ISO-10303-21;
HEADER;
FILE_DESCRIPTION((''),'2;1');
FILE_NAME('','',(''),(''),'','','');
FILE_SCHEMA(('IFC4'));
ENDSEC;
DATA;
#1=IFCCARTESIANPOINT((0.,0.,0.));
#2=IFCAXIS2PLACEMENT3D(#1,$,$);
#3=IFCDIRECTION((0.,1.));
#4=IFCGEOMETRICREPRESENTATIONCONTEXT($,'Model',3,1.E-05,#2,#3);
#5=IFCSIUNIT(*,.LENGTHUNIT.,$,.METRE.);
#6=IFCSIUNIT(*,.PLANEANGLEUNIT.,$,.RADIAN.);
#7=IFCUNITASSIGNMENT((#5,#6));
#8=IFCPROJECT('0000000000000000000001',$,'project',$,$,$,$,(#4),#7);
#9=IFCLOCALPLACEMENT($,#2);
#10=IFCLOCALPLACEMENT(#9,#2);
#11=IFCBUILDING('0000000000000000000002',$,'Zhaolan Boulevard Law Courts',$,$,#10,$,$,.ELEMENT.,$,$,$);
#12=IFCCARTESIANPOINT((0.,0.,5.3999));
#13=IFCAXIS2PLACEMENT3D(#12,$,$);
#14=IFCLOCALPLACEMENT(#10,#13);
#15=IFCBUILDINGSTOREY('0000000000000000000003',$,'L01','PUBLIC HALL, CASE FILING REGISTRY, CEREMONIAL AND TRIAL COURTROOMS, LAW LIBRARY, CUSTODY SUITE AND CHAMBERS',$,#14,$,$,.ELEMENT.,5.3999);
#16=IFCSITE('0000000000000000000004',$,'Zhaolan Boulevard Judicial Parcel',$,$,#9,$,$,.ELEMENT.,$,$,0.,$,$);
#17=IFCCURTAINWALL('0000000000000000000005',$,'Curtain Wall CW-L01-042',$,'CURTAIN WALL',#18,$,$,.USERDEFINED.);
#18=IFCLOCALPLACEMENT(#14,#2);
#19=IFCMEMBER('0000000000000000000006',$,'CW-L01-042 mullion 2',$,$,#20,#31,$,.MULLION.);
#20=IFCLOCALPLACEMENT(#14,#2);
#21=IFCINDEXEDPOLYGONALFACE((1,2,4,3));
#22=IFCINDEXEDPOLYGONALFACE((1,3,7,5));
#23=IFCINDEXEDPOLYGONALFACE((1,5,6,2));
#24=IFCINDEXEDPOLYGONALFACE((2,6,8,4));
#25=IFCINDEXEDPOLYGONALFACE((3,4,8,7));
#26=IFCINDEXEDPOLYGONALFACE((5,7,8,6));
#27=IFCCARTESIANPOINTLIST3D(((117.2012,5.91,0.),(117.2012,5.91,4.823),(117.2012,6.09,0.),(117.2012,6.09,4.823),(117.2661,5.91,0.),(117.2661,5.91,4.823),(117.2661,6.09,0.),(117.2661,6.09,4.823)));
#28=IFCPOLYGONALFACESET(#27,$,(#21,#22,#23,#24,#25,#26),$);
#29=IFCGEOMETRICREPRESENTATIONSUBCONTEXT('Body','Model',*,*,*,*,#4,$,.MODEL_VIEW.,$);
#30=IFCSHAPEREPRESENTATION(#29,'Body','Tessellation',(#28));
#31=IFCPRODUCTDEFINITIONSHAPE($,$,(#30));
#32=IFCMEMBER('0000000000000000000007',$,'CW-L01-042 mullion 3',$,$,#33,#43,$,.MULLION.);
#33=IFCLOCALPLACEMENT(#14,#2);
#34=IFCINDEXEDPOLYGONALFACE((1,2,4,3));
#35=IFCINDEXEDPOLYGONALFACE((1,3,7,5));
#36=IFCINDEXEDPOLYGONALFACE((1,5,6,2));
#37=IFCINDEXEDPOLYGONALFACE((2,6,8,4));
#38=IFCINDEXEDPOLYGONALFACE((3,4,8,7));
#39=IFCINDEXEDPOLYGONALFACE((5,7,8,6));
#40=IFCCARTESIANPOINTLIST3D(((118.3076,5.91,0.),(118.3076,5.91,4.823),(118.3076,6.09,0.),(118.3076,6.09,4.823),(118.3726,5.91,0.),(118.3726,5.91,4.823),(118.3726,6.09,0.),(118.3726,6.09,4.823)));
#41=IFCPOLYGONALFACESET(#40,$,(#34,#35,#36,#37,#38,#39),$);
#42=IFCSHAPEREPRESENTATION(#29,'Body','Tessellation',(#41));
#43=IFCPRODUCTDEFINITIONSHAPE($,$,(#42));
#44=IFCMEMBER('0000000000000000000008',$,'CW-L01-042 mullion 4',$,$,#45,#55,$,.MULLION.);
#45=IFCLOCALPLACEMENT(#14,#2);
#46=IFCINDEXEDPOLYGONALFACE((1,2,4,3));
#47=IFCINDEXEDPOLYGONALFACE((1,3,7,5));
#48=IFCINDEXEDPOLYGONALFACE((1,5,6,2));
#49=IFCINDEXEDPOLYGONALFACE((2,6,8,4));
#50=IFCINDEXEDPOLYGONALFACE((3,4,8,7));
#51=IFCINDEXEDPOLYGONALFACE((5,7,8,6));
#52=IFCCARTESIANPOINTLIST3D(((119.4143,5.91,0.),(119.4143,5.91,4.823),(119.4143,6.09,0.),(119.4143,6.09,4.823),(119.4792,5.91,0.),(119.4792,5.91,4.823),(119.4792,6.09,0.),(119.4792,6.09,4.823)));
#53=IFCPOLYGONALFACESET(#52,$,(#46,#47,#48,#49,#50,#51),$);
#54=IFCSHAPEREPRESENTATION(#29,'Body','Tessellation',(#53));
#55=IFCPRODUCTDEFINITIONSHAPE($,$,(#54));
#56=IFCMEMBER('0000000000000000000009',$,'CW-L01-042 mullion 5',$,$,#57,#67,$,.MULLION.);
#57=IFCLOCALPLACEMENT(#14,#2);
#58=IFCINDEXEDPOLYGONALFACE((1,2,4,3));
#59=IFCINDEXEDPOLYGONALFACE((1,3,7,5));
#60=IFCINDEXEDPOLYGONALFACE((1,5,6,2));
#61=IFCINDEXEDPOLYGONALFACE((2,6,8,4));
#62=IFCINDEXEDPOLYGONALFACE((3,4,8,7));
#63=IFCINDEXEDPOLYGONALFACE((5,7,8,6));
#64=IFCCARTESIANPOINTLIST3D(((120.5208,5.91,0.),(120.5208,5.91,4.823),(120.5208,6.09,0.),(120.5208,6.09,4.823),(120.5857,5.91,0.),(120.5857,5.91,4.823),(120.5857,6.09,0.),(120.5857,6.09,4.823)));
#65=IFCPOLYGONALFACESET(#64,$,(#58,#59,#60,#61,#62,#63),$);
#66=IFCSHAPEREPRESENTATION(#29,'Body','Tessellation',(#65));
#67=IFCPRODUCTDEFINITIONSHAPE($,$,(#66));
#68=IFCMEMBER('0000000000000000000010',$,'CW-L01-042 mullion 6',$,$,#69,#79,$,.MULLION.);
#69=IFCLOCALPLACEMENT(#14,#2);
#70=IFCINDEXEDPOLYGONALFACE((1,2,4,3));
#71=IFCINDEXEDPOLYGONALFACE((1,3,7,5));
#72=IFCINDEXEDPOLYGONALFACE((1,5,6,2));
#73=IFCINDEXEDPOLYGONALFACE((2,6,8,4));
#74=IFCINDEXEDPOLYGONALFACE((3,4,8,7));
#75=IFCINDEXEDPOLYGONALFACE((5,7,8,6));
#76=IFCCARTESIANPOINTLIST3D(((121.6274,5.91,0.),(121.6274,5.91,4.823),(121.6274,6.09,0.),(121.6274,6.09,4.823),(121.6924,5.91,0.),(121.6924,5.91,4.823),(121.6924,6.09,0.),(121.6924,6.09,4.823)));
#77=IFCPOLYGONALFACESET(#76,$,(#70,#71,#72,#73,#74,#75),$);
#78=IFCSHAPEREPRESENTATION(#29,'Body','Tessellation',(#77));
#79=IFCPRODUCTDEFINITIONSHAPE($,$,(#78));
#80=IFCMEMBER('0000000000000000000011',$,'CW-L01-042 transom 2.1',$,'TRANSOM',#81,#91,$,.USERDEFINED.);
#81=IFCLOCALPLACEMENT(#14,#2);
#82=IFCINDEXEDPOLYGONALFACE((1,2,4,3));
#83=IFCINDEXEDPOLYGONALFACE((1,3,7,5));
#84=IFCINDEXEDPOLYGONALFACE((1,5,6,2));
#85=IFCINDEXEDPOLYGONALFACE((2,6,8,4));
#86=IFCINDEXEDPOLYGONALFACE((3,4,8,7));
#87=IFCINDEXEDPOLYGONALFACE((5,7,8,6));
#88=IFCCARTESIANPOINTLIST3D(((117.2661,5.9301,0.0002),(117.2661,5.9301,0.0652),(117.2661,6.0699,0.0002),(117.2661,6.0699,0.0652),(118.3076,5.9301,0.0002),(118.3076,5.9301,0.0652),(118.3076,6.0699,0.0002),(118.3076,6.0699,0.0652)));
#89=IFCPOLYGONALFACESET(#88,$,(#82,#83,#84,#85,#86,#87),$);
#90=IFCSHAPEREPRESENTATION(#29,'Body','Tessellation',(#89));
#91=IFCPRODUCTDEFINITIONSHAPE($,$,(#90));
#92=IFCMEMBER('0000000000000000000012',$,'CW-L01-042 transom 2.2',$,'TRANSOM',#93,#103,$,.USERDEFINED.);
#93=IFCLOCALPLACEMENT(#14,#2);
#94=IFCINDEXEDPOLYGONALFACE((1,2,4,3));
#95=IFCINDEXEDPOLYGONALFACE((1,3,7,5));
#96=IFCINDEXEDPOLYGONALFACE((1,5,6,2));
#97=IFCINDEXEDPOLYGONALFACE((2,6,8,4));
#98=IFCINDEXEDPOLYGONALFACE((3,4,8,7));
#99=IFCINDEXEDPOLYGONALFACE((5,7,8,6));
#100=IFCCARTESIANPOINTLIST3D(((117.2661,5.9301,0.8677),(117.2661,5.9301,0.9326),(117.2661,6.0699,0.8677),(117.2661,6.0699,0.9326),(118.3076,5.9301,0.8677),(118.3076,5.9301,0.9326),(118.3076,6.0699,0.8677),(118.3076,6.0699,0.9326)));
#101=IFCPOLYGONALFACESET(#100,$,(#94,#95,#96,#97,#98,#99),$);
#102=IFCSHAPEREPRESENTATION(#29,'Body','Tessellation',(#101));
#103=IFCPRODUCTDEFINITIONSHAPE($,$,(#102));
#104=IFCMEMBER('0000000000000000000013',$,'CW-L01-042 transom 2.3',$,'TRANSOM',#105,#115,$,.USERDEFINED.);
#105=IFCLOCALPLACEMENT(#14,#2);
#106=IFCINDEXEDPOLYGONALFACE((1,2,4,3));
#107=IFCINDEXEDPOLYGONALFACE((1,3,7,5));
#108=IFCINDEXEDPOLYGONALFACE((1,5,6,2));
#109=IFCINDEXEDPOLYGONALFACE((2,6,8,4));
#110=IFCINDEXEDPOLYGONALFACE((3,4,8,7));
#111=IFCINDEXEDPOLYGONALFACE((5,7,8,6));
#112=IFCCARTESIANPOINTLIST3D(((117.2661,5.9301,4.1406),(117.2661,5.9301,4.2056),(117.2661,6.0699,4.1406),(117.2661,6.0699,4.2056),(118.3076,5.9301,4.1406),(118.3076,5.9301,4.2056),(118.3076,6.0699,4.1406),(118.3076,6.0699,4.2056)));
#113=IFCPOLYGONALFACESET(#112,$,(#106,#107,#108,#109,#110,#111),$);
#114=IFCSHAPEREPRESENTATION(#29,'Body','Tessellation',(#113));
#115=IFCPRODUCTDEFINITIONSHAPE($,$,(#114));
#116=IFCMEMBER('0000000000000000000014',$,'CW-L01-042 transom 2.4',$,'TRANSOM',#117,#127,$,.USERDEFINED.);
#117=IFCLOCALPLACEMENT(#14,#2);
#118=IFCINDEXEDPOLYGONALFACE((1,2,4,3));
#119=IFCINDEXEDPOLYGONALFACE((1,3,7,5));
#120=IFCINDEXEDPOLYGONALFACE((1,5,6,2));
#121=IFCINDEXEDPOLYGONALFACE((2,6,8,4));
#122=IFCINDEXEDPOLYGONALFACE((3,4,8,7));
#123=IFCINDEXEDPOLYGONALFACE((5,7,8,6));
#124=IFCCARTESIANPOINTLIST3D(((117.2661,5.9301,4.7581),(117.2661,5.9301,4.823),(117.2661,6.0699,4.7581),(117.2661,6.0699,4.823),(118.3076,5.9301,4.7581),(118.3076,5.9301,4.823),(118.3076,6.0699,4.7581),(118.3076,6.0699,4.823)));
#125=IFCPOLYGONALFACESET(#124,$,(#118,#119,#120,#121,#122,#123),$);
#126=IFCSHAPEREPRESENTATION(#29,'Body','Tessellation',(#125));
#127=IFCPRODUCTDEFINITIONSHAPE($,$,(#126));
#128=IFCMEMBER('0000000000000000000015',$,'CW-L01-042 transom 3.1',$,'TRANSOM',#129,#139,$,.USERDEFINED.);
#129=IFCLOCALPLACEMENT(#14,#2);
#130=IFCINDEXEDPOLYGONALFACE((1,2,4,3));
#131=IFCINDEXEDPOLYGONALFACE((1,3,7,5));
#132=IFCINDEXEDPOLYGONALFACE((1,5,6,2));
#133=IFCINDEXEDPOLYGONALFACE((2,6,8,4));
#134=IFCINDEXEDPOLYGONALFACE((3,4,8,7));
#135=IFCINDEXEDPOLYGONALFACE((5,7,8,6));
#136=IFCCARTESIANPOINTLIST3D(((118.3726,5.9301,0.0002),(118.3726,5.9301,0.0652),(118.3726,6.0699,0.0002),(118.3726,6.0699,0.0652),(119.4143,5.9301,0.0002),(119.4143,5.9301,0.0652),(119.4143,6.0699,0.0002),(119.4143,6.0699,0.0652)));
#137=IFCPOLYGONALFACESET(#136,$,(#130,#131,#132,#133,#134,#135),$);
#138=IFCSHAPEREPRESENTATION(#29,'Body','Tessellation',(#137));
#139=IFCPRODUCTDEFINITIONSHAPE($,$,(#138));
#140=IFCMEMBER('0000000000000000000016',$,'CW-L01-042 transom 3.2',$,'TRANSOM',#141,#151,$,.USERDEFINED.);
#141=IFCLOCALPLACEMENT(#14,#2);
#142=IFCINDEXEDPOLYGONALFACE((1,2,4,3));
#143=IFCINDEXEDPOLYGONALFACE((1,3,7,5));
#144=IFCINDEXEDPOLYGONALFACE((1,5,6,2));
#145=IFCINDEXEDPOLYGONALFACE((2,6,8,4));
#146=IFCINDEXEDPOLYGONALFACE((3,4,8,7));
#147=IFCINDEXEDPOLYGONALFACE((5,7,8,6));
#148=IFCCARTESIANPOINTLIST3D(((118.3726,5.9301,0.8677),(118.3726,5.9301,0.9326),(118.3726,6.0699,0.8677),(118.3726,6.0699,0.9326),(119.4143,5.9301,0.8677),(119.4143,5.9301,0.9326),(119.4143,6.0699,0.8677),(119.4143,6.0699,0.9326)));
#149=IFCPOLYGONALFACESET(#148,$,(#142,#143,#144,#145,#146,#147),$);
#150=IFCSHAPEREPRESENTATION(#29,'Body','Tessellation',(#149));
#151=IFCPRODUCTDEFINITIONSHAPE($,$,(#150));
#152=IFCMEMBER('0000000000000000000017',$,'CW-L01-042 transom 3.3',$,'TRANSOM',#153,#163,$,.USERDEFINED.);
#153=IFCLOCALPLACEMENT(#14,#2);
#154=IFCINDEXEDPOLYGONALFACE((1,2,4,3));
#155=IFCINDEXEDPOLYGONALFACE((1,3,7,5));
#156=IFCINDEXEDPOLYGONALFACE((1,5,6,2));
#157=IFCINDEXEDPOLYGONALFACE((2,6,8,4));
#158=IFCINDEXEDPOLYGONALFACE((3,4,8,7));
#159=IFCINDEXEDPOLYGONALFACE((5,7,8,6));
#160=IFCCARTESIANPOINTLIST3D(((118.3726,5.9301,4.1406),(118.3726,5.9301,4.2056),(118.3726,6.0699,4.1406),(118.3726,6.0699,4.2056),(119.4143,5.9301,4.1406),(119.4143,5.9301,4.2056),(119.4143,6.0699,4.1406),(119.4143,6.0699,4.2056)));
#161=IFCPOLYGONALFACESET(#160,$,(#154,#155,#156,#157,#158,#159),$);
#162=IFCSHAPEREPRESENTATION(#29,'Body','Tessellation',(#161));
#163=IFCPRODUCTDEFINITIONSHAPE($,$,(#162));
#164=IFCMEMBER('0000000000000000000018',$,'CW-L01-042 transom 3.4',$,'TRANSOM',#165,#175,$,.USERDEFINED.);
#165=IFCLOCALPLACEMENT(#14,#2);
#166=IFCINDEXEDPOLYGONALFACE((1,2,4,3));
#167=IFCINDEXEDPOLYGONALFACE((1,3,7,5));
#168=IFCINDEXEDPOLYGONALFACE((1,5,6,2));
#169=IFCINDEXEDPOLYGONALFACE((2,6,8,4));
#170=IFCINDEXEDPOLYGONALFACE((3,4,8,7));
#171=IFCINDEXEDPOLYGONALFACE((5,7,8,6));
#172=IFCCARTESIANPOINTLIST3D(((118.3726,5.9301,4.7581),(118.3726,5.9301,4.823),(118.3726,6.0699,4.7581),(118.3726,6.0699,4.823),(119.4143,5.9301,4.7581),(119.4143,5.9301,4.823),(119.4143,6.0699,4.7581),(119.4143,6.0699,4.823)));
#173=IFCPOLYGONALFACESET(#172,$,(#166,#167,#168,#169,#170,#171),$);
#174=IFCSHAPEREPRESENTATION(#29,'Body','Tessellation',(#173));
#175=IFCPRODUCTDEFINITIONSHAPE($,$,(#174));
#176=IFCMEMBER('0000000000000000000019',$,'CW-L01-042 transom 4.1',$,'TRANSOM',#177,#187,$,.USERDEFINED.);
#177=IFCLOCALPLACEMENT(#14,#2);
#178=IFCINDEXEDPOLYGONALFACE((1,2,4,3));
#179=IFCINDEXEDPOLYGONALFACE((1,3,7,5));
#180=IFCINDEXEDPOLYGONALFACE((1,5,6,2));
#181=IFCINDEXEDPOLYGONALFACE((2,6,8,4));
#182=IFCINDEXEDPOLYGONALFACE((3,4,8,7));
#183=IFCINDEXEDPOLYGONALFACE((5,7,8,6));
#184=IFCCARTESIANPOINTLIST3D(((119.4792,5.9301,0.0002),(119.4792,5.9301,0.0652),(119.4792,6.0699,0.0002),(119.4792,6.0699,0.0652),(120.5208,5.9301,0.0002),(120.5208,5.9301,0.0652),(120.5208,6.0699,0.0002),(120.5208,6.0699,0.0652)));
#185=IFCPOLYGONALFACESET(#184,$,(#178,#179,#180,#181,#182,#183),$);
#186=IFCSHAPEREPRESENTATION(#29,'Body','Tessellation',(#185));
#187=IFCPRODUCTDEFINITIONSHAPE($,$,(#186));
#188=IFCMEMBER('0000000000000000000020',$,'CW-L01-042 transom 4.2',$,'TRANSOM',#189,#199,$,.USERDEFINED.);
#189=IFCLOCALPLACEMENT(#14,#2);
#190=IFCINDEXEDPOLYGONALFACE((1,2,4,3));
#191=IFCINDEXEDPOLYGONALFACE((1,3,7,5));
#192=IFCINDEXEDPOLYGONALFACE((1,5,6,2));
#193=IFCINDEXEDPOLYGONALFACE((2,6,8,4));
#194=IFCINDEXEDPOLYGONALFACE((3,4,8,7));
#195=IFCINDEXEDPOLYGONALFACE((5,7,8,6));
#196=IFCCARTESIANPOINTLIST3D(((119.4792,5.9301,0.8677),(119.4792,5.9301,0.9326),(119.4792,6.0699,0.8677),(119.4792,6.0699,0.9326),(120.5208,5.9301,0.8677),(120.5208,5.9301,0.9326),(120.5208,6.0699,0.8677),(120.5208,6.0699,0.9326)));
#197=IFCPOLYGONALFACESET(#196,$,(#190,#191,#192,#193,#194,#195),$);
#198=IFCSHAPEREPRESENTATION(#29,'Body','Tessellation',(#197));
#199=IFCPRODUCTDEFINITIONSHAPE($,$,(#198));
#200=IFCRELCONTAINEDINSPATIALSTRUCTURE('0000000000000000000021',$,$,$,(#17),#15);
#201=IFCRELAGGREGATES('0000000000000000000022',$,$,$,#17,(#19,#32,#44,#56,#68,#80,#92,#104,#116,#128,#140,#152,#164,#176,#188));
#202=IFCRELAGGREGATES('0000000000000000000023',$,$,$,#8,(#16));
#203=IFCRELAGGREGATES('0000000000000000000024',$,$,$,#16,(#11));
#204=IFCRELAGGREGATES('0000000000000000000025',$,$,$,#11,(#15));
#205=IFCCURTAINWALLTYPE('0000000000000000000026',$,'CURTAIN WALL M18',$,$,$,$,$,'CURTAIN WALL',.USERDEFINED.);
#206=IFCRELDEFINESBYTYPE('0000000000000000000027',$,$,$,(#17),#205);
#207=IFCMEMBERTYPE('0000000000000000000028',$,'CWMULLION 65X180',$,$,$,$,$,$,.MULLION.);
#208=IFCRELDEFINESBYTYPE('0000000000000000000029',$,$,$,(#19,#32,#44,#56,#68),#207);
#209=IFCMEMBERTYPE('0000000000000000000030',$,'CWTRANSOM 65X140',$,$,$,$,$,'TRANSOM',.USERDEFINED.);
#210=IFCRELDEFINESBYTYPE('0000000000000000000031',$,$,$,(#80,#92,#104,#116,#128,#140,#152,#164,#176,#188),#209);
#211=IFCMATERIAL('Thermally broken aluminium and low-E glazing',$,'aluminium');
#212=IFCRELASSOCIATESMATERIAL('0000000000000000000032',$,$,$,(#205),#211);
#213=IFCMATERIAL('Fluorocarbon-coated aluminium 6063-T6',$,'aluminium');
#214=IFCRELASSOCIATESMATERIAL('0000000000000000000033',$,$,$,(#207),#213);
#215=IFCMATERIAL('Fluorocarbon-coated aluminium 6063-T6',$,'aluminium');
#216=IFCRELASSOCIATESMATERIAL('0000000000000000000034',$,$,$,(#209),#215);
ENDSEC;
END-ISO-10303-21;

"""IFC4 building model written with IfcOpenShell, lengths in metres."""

from ifc_helpers import new_model, si_unit, direction, frame, origin, origin_2d, place, context, subcontext, project, spatial, rectangle, extrude, material, material_profile, profile_set, type_object, element, aggregate, save


model = new_model("IFC4")

# Units and contexts
model_context = context("Model", 3, precision=1e-05, world=origin(), true_north=direction((0.0, 1.0)))
body_context = subcontext(model_context, "Body", "Model", "MODEL_VIEW")
ifc_project = project(units=[si_unit("LENGTHUNIT", "METRE"), si_unit("PLANEANGLEUNIT", "RADIAN")], contexts=[model_context])

# Site, building, storey
site_placement = place(None, origin())
site = spatial("IfcSite", under=ifc_project, at=site_placement, Name="Zhaolan Boulevard Judicial Parcel", CompositionType="ELEMENT", RefElevation=0.0)
building_placement = place(site_placement, origin())
building = spatial("IfcBuilding", under=site, at=building_placement, Name="Zhaolan Boulevard Law Courts", CompositionType="ELEMENT")
storey_placement = place(building_placement, frame((0.0, 0.0, 5.3999)))
storey = spatial("IfcBuildingStorey", under=building, at=storey_placement, Name="L01", Description="PUBLIC HALL, CASE FILING REGISTRY, CEREMONIAL AND TRIAL COURTROOMS, LAW LIBRARY, CUSTODY SUITE AND CHAMBERS", CompositionType="ELEMENT", Elevation=5.3999)

# Curtain wall, members
ifc_material_1 = material(Name="Thermally broken aluminium and low-E glazing", Category="aluminium")
curtain_wall_type = type_object("IfcCurtainWallType", Name="CURTAIN WALL M18", ElementType="CURTAIN WALL", PredefinedType="USERDEFINED", material=ifc_material_1)
curtain_wall_placement = place(storey_placement, origin())
curtain_wall = element("IfcCurtainWall", 1, at=curtain_wall_placement, inside=storey, type_object=curtain_wall_type, Name="Curtain Wall CW-L01-042", ObjectType="CURTAIN WALL", PredefinedType="USERDEFINED")
ifc_material_2 = material(Name="Fluorocarbon-coated aluminium 6063-T6", Category="aluminium")
ifc_material_profile_1 = material_profile(ifc_material_2, rectangle(XDim=0.1799, YDim=0.0649, at=origin_2d()), Name="AL65x180")
ifc_profile_set_1 = profile_set([ifc_material_profile_1], Name="Fluorocarbon-coated aluminium 6063-T6")
member_type_1 = type_object("IfcMemberType", Name="CWMULLION 65X180", PredefinedType="MULLION", material=ifc_profile_set_1)
member_1_placement = place(storey_placement, frame((117.2336, 6.0, 0.0), z_axis=(0.0, 0.0, 1.0), x_axis=(0.0, 1.0, 0.0)))
member_1 = element("IfcMember", 2, at=member_1_placement, type_object=member_type_1, Name="CW-L01-042 mullion 2", PredefinedType="MULLION", context=body_context, shape_type="SweptSolid", body=[
    extrude(rectangle(XDim=0.1799, YDim=0.0649, at=origin_2d()), origin(), (0.0, 0.0, 1.0), 4.823),
])
member_2_placement = place(storey_placement, frame((118.3401, 6.0, 0.0), z_axis=(0.0, 0.0, 1.0), x_axis=(0.0, 1.0, 0.0)))
member_2 = element("IfcMember", 3, at=member_2_placement, type_object=member_type_1, Name="CW-L01-042 mullion 3", PredefinedType="MULLION", context=body_context, shape_type="SweptSolid", body=[
    extrude(rectangle(XDim=0.1799, YDim=0.0649, at=origin_2d()), origin(), (0.0, 0.0, 1.0), 4.823),
])
member_3_placement = place(storey_placement, frame((119.4468, 6.0, 0.0), z_axis=(0.0, 0.0, 1.0), x_axis=(0.0, 1.0, 0.0)))
member_3 = element("IfcMember", 4, at=member_3_placement, type_object=member_type_1, Name="CW-L01-042 mullion 4", PredefinedType="MULLION", context=body_context, shape_type="SweptSolid", body=[
    extrude(rectangle(XDim=0.1799, YDim=0.0649, at=origin_2d()), origin(), (0.0, 0.0, 1.0), 4.823),
])
member_4_placement = place(storey_placement, frame((120.5532, 6.0, 0.0), z_axis=(0.0, 0.0, 1.0), x_axis=(0.0, 1.0, 0.0)))
member_4 = element("IfcMember", 5, at=member_4_placement, type_object=member_type_1, Name="CW-L01-042 mullion 5", PredefinedType="MULLION", context=body_context, shape_type="SweptSolid", body=[
    extrude(rectangle(XDim=0.1799, YDim=0.0649, at=origin_2d()), origin(), (0.0, 0.0, 1.0), 4.823),
])
member_5_placement = place(storey_placement, frame((121.6599, 6.0, 0.0), z_axis=(0.0, 0.0, 1.0), x_axis=(0.0, 1.0, 0.0)))
member_5 = element("IfcMember", 6, at=member_5_placement, type_object=member_type_1, Name="CW-L01-042 mullion 6", PredefinedType="MULLION", context=body_context, shape_type="SweptSolid", body=[
    extrude(rectangle(XDim=0.1799, YDim=0.0649, at=origin_2d()), origin(), (0.0, 0.0, 1.0), 4.823),
])
ifc_material_3 = material(Name="Fluorocarbon-coated aluminium 6063-T6", Category="aluminium")
ifc_material_profile_2 = material_profile(ifc_material_3, rectangle(XDim=0.1399, YDim=0.0649, at=origin_2d()), Name="AL65x140")
ifc_profile_set_2 = profile_set([ifc_material_profile_2], Name="Fluorocarbon-coated aluminium 6063-T6")
member_type_2 = type_object("IfcMemberType", Name="CWTRANSOM 65X140", ElementType="TRANSOM", PredefinedType="USERDEFINED", material=ifc_profile_set_2)
member_6_placement = place(storey_placement, frame((117.2661, 6.0, 0.0327), z_axis=(1.0, 0.0, 0.0), x_axis=(0.0, 1.0, 0.0)))
member_6 = element("IfcMember", 7, at=member_6_placement, type_object=member_type_2, Name="CW-L01-042 transom 2.1", ObjectType="TRANSOM", PredefinedType="USERDEFINED", context=body_context, shape_type="SweptSolid", body=[
    extrude(rectangle(XDim=0.1399, YDim=0.0649, at=origin_2d()), origin(), (0.0, 0.0, 1.0), 1.0415),
])
member_7_placement = place(storey_placement, frame((117.2661, 6.0, 0.9001), z_axis=(1.0, 0.0, 0.0), x_axis=(0.0, 1.0, 0.0)))
member_7 = element("IfcMember", 8, at=member_7_placement, type_object=member_type_2, Name="CW-L01-042 transom 2.2", ObjectType="TRANSOM", PredefinedType="USERDEFINED", context=body_context, shape_type="SweptSolid", body=[
    extrude(rectangle(XDim=0.1399, YDim=0.0649, at=origin_2d()), origin(), (0.0, 0.0, 1.0), 1.0415),
])
member_8_placement = place(storey_placement, frame((117.2661, 6.0, 4.1731), z_axis=(1.0, 0.0, 0.0), x_axis=(0.0, 1.0, 0.0)))
member_8 = element("IfcMember", 9, at=member_8_placement, type_object=member_type_2, Name="CW-L01-042 transom 2.3", ObjectType="TRANSOM", PredefinedType="USERDEFINED", context=body_context, shape_type="SweptSolid", body=[
    extrude(rectangle(XDim=0.1399, YDim=0.0649, at=origin_2d()), origin(), (0.0, 0.0, 1.0), 1.0415),
])
member_9_placement = place(storey_placement, frame((117.2661, 6.0, 4.7905), z_axis=(1.0, 0.0, 0.0), x_axis=(0.0, 1.0, 0.0)))
member_9 = element("IfcMember", 10, at=member_9_placement, type_object=member_type_2, Name="CW-L01-042 transom 2.4", ObjectType="TRANSOM", PredefinedType="USERDEFINED", context=body_context, shape_type="SweptSolid", body=[
    extrude(rectangle(XDim=0.1399, YDim=0.0649, at=origin_2d()), origin(), (0.0, 0.0, 1.0), 1.0415),
])
member_10_placement = place(storey_placement, frame((118.3726, 6.0, 0.0327), z_axis=(1.0, 0.0, 0.0), x_axis=(0.0, 1.0, 0.0)))
member_10 = element("IfcMember", 11, at=member_10_placement, type_object=member_type_2, Name="CW-L01-042 transom 3.1", ObjectType="TRANSOM", PredefinedType="USERDEFINED", context=body_context, shape_type="SweptSolid", body=[
    extrude(rectangle(XDim=0.1399, YDim=0.0649, at=origin_2d()), origin(), (0.0, 0.0, 1.0), 1.0417),
])
member_11_placement = place(storey_placement, frame((118.3726, 6.0, 0.9001), z_axis=(1.0, 0.0, 0.0), x_axis=(0.0, 1.0, 0.0)))
member_11 = element("IfcMember", 12, at=member_11_placement, type_object=member_type_2, Name="CW-L01-042 transom 3.2", ObjectType="TRANSOM", PredefinedType="USERDEFINED", context=body_context, shape_type="SweptSolid", body=[
    extrude(rectangle(XDim=0.1399, YDim=0.0649, at=origin_2d()), origin(), (0.0, 0.0, 1.0), 1.0417),
])
member_12_placement = place(storey_placement, frame((118.3726, 6.0, 4.1731), z_axis=(1.0, 0.0, 0.0), x_axis=(0.0, 1.0, 0.0)))
member_12 = element("IfcMember", 13, at=member_12_placement, type_object=member_type_2, Name="CW-L01-042 transom 3.3", ObjectType="TRANSOM", PredefinedType="USERDEFINED", context=body_context, shape_type="SweptSolid", body=[
    extrude(rectangle(XDim=0.1399, YDim=0.0649, at=origin_2d()), origin(), (0.0, 0.0, 1.0), 1.0417),
])
member_13_placement = place(storey_placement, frame((118.3726, 6.0, 4.7905), z_axis=(1.0, 0.0, 0.0), x_axis=(0.0, 1.0, 0.0)))
member_13 = element("IfcMember", 14, at=member_13_placement, type_object=member_type_2, Name="CW-L01-042 transom 3.4", ObjectType="TRANSOM", PredefinedType="USERDEFINED", context=body_context, shape_type="SweptSolid", body=[
    extrude(rectangle(XDim=0.1399, YDim=0.0649, at=origin_2d()), origin(), (0.0, 0.0, 1.0), 1.0417),
])
member_14_placement = place(storey_placement, frame((119.4792, 6.0, 0.0327), z_axis=(1.0, 0.0, 0.0), x_axis=(0.0, 1.0, 0.0)))
member_14 = element("IfcMember", 15, at=member_14_placement, type_object=member_type_2, Name="CW-L01-042 transom 4.1", ObjectType="TRANSOM", PredefinedType="USERDEFINED", context=body_context, shape_type="SweptSolid", body=[
    extrude(rectangle(XDim=0.1399, YDim=0.0649, at=origin_2d()), origin(), (0.0, 0.0, 1.0), 1.0415),
])
member_15_placement = place(storey_placement, frame((119.4792, 6.0, 0.9001), z_axis=(1.0, 0.0, 0.0), x_axis=(0.0, 1.0, 0.0)))
member_15 = element("IfcMember", 16, at=member_15_placement, type_object=member_type_2, Name="CW-L01-042 transom 4.2", ObjectType="TRANSOM", PredefinedType="USERDEFINED", context=body_context, shape_type="SweptSolid", body=[
    extrude(rectangle(XDim=0.1399, YDim=0.0649, at=origin_2d()), origin(), (0.0, 0.0, 1.0), 1.0415),
])

aggregate(curtain_wall, [member_1, member_2, member_3, member_4, member_5, member_6, member_7, member_8, member_9, member_10, member_11, member_12, member_13, member_14, member_15])

save(model, "model.ifc")
